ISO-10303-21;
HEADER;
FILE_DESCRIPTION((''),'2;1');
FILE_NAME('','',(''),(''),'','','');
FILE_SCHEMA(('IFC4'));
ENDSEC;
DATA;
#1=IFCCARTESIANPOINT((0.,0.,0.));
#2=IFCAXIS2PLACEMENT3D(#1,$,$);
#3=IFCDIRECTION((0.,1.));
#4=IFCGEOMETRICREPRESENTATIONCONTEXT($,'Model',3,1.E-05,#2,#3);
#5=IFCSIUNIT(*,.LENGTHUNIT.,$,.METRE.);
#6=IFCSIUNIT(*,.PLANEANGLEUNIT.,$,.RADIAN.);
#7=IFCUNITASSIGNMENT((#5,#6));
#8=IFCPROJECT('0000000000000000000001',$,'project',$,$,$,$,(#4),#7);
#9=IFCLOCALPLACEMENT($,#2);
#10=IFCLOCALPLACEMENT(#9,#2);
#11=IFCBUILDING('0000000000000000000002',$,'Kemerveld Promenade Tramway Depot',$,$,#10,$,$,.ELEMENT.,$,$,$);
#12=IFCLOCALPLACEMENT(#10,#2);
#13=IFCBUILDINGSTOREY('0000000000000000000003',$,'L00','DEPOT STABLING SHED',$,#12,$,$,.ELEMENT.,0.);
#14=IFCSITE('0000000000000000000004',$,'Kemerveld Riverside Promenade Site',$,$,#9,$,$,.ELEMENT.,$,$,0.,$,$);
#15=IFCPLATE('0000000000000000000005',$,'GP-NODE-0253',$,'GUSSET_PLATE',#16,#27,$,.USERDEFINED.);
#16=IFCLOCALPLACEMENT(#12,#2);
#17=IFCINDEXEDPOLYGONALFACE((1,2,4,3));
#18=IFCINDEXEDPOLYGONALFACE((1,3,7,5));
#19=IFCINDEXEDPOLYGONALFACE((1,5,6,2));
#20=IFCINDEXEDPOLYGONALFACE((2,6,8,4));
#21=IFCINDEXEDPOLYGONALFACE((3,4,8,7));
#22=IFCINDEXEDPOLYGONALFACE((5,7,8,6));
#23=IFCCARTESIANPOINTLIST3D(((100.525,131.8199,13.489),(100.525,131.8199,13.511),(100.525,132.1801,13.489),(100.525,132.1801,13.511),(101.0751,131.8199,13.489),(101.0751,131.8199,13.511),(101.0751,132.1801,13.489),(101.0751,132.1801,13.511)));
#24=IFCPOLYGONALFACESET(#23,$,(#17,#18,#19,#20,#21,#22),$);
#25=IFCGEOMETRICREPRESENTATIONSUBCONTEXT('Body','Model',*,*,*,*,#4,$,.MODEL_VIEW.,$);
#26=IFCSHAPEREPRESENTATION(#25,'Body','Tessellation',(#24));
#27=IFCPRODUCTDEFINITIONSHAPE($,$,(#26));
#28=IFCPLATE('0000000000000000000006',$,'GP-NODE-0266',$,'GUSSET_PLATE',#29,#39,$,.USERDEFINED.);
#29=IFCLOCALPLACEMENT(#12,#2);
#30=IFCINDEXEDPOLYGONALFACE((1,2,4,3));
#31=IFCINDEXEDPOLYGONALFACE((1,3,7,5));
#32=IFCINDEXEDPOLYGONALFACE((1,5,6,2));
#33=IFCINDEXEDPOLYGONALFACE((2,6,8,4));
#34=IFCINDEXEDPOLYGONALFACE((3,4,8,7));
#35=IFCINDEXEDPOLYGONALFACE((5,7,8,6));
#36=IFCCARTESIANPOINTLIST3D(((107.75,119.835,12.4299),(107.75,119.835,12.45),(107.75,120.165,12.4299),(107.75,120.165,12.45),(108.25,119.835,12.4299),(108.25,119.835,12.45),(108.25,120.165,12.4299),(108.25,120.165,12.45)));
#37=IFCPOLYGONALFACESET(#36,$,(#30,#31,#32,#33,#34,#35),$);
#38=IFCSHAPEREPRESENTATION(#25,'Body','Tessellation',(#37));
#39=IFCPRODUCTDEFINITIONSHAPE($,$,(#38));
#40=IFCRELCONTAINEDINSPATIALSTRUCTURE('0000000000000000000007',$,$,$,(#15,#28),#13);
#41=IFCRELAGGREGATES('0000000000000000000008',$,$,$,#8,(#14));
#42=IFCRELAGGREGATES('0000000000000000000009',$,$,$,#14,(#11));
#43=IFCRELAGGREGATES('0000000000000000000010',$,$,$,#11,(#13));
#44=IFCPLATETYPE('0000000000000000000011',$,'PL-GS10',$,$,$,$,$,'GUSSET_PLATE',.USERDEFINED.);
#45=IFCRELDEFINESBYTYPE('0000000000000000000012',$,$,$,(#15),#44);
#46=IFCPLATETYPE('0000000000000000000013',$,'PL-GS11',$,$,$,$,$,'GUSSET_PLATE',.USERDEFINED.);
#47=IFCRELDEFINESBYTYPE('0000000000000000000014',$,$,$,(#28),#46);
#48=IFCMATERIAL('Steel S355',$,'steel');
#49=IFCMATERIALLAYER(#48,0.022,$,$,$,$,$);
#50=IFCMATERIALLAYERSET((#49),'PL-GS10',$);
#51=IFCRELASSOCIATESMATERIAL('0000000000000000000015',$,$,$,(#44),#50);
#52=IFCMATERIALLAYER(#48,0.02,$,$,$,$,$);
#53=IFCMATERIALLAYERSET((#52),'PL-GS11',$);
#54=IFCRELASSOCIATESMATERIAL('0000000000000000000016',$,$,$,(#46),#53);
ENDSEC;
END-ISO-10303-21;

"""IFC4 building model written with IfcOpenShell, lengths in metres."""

from ifc_helpers import new_model, si_unit, direction, frame, origin, origin_2d, place, context, subcontext, project, spatial, rectangle, extrude, material, layer, layer_set, type_object, element, save


model = new_model("IFC4")

# Units and contexts
model_context = context("Model", 3, precision=1e-05, world=origin(), true_north=direction((0.0, 1.0)))
body_context = subcontext(model_context, "Body", "Model", "MODEL_VIEW")
ifc_project = project(units=[si_unit("LENGTHUNIT", "METRE"), si_unit("PLANEANGLEUNIT", "RADIAN")], contexts=[model_context])

# Site, building, storey
site_placement = place(None, origin())
site = spatial("IfcSite", under=ifc_project, at=site_placement, Name="Kemerveld Riverside Promenade Site", CompositionType="ELEMENT", RefElevation=0.0)
building_placement = place(site_placement, origin())
building = spatial("IfcBuilding", under=site, at=building_placement, Name="Kemerveld Promenade Tramway Depot", CompositionType="ELEMENT")
storey_placement = place(building_placement, origin())
storey = spatial("IfcBuildingStorey", under=building, at=storey_placement, Name="L00", Description="DEPOT STABLING SHED", CompositionType="ELEMENT", Elevation=0.0)

# Shared definitions
ifc_material_1 = material(Name="Steel S355", Category="steel")

# Plates
ifc_layer_1 = layer(ifc_material_1, 0.022)
ifc_layer_set_1 = layer_set([ifc_layer_1], Name="PL-GS10")
plate_type_1 = type_object("IfcPlateType", Name="PL-GS10", ElementType="GUSSET_PLATE", PredefinedType="USERDEFINED", material=ifc_layer_set_1)
plate_1_placement = place(storey_placement, frame((100.8, 132.0, 13.489), z_axis=(0.0, 0.0, 1.0), x_axis=(1.0, 0.0, 0.0)))
element("IfcPlate", 1, at=plate_1_placement, inside=storey, type_object=plate_type_1, Name="GP-NODE-0253", ObjectType="GUSSET_PLATE", PredefinedType="USERDEFINED", context=body_context, shape_type="SweptSolid", body=[
    extrude(rectangle(XDim=0.55, YDim=0.3601, at=origin_2d()), origin(), (0.0, 0.0, 1.0), 0.022),
])
ifc_layer_2 = layer(ifc_material_1, 0.02)
ifc_layer_set_2 = layer_set([ifc_layer_2], Name="PL-GS11")
plate_type_2 = type_object("IfcPlateType", Name="PL-GS11", ElementType="GUSSET_PLATE", PredefinedType="USERDEFINED", material=ifc_layer_set_2)
plate_2_placement = place(storey_placement, frame((108.0, 120.0, 12.4299), z_axis=(0.0, 0.0, 1.0), x_axis=(1.0, 0.0, 0.0)))
element("IfcPlate", 2, at=plate_2_placement, inside=storey, type_object=plate_type_2, Name="GP-NODE-0266", ObjectType="GUSSET_PLATE", PredefinedType="USERDEFINED", context=body_context, shape_type="SweptSolid", body=[
    extrude(rectangle(XDim=0.5, YDim=0.3301, at=origin_2d()), origin(), (0.0, 0.0, 1.0), 0.02),
])

save(model, "model.ifc")
